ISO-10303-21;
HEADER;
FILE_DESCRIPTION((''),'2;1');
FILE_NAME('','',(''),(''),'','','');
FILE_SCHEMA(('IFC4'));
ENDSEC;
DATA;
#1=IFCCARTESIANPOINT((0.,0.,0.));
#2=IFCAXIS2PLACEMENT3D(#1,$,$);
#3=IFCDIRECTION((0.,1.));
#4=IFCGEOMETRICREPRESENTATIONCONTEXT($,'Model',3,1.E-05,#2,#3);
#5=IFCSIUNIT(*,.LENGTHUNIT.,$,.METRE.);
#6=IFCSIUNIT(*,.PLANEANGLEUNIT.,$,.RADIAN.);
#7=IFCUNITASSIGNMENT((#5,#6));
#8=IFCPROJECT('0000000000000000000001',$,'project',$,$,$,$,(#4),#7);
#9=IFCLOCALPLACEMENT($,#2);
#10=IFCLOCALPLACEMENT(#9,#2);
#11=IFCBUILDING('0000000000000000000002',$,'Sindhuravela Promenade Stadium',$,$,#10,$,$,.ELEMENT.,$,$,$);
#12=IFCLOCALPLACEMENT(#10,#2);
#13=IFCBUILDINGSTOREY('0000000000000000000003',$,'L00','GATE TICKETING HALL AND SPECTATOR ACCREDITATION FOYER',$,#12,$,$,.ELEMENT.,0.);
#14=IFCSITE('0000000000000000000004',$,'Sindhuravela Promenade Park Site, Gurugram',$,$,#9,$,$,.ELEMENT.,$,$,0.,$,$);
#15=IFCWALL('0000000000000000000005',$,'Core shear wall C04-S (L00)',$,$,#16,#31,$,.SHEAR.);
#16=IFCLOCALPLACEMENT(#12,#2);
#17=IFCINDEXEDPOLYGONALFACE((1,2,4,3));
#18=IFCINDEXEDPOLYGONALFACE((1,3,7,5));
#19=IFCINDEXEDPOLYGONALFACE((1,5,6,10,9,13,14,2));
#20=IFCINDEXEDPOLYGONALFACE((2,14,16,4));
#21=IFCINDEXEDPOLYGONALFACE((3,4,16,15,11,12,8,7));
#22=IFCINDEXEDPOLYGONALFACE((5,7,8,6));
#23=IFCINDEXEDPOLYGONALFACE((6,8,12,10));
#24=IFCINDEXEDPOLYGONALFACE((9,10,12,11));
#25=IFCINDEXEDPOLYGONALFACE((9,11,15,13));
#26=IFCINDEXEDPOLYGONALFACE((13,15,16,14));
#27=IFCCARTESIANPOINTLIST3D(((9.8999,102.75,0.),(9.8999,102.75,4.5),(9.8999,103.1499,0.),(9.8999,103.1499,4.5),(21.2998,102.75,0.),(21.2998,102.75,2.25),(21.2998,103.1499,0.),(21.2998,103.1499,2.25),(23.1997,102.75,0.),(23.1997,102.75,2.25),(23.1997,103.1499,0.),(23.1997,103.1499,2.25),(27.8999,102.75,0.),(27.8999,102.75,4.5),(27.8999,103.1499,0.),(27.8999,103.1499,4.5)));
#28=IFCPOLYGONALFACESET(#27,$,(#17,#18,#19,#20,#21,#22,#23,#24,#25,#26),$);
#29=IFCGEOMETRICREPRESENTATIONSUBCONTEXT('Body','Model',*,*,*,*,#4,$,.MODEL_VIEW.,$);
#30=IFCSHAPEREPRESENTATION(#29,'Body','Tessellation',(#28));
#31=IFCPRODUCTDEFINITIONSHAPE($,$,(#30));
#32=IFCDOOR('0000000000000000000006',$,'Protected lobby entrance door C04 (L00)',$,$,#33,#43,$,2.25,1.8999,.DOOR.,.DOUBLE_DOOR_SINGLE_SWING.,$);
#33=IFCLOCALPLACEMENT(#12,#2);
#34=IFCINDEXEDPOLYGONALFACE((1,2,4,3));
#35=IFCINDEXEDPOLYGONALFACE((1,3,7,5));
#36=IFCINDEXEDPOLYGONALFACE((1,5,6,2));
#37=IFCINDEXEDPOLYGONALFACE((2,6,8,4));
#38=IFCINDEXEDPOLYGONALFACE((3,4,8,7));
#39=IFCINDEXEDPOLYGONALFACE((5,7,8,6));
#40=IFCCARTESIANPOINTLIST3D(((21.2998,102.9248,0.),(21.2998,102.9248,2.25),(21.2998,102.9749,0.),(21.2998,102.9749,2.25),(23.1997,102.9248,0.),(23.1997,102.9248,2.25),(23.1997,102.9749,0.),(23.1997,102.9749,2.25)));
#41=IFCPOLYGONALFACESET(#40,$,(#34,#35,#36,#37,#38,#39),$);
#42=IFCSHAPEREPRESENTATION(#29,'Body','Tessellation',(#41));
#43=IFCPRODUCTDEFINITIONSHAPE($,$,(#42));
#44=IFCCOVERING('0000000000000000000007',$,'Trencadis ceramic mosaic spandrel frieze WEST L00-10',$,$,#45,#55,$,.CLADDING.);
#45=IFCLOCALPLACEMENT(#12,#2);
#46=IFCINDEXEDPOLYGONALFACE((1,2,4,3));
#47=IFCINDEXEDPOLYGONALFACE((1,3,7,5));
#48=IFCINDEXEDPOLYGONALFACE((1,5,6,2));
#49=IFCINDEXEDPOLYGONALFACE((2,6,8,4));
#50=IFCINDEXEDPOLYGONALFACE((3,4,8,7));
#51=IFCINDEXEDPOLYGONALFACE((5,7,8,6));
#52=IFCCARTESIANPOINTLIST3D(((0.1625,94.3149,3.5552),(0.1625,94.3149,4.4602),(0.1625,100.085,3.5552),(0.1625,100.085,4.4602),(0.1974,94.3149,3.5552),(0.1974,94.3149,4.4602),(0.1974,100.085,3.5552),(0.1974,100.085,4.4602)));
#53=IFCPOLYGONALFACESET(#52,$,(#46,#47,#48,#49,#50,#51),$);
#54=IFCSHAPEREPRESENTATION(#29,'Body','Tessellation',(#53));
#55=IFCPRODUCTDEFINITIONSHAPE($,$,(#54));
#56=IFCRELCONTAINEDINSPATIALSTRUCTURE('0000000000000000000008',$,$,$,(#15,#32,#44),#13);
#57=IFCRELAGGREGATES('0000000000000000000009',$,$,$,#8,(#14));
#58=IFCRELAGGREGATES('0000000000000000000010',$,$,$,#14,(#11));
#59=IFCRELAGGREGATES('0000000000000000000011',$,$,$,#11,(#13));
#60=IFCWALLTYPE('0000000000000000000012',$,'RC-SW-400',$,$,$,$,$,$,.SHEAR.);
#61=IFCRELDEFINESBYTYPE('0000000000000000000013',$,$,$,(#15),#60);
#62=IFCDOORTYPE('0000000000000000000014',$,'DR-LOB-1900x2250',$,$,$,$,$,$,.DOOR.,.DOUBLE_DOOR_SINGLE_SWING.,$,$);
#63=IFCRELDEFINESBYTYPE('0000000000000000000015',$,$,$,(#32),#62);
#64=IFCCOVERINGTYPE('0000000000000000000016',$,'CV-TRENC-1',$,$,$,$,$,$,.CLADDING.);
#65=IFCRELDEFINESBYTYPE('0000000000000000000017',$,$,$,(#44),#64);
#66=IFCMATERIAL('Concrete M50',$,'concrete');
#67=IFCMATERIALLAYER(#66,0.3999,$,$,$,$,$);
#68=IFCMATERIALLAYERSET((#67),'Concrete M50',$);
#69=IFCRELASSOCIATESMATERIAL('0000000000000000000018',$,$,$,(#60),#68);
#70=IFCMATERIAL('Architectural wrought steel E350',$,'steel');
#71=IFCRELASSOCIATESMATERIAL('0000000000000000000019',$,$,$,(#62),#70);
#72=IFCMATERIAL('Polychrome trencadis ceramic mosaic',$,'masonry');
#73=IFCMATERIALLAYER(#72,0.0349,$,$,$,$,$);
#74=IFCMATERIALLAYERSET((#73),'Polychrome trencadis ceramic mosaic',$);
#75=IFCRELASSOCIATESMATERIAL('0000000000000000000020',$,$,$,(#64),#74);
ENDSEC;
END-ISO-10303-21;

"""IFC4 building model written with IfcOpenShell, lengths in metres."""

from ifc_helpers import new_model, si_unit, direction, frame, frame_2d, origin, origin_2d, place, context, subcontext, project, spatial, rectangle, extrude, material, layer, layer_set, type_object, element, fill, save


model = new_model("IFC4")

# Units and contexts
model_context = context("Model", 3, precision=1e-05, world=origin(), true_north=direction((0.0, 1.0)))
body_context = subcontext(model_context, "Body", "Model", "MODEL_VIEW")
ifc_project = project(units=[si_unit("LENGTHUNIT", "METRE"), si_unit("PLANEANGLEUNIT", "RADIAN")], contexts=[model_context])

# Site, building, storey
site_placement = place(None, origin())
site = spatial("IfcSite", under=ifc_project, at=site_placement, Name="Sindhuravela Promenade Park Site, Gurugram", CompositionType="ELEMENT", RefElevation=0.0)
building_placement = place(site_placement, origin())
building = spatial("IfcBuilding", under=site, at=building_placement, Name="Sindhuravela Promenade Stadium", CompositionType="ELEMENT")
storey_placement = place(building_placement, origin())
storey = spatial("IfcBuildingStorey", under=building, at=storey_placement, Name="L00", Description="GATE TICKETING HALL AND SPECTATOR ACCREDITATION FOYER", CompositionType="ELEMENT", Elevation=0.0)

# Shared definitions
ifc_material_1 = material(Name="Concrete M50", Category="concrete")

# Shared definitions
ifc_material_2 = material(Name="Architectural wrought steel E350", Category="steel")

# Wall, opening, door
ifc_layer_1 = layer(ifc_material_1, 0.3999)
ifc_layer_set_1 = layer_set([ifc_layer_1], Name="Concrete M50")
wall_type_1 = type_object("IfcWallType", Name="RC-SW-400", PredefinedType="SHEAR", material=ifc_layer_set_1)
wall_1_placement = place(storey_placement, frame((9.8999, 102.95, 0.0), z_axis=(0.0, 0.0, 1.0), x_axis=(1.0, 0.0, 0.0)))
wall_1 = element("IfcWall", 1, at=wall_1_placement, inside=storey, type_object=wall_type_1, Name="Core shear wall C04-S (L00)", PredefinedType="SHEAR", context=body_context, shape_type="SweptSolid", body=[
    extrude(rectangle(XDim=18.0, YDim=0.3999, at=frame_2d((9.0, 0.0))), origin(), (0.0, 0.0, 1.0), 4.5),
])
opening_1_placement = place(wall_1_placement, frame((11.3999, 0.0, 0.0)))
opening_1 = element("IfcOpeningElement", 2, at=opening_1_placement, cuts=wall_1, PredefinedType="OPENING", context=body_context, shape_type="SweptSolid", body=[
    extrude(rectangle(XDim=1.8999, YDim=2.25, at=frame_2d((0.95, 1.125))), frame((0.0, 0.21, 0.0), z_axis=(0.0, -1.0, 0.0), x_axis=(1.0, 0.0, 0.0)), (0.0, 0.0, 1.0), 0.4199),
])
door_type_1 = type_object("IfcDoorType", Name="DR-LOB-1900x2250", OperationType="DOUBLE_DOOR_SINGLE_SWING", PredefinedType="DOOR", material=ifc_material_2)
door_1_placement = place(opening_1_placement, origin())
door_1 = element("IfcDoor", 3, at=door_1_placement, inside=storey, type_object=door_type_1, Name="Protected lobby entrance door C04 (L00)", OperationType="DOUBLE_DOOR_SINGLE_SWING", OverallHeight=2.25, OverallWidth=1.8999, PredefinedType="DOOR", context=body_context, shape_type="SweptSolid", body=[
    extrude(rectangle(XDim=1.8999, YDim=2.25, at=frame_2d((0.95, 1.125))), frame((0.0, 0.0249, 0.0), z_axis=(0.0, -1.0, 0.0), x_axis=(1.0, 0.0, 0.0)), (0.0, 0.0, 1.0), 0.05),
])
fill(opening_1, door_1)

# Covering
ifc_material_3 = material(Name="Polychrome trencadis ceramic mosaic", Category="masonry")
ifc_layer_2 = layer(ifc_material_3, 0.0349)
ifc_layer_set_2 = layer_set([ifc_layer_2], Name="Polychrome trencadis ceramic mosaic")
covering_type = type_object("IfcCoveringType", Name="CV-TRENC-1", PredefinedType="CLADDING", material=ifc_layer_set_2)
covering_placement = place(storey_placement, frame((0.1799, 97.2, 3.5552), z_axis=(0.0, 0.0, 1.0), x_axis=(0.0, 1.0, 0.0)))
element("IfcCovering", 4, at=covering_placement, inside=storey, type_object=covering_type, Name="Trencadis ceramic mosaic spandrel frieze WEST L00-10", PredefinedType="CLADDING", context=body_context, shape_type="SweptSolid", body=[
    extrude(rectangle(XDim=5.77, YDim=0.0349, at=origin_2d()), origin(), (0.0, 0.0, 1.0), 0.905),
])

save(model, "model.ifc")
